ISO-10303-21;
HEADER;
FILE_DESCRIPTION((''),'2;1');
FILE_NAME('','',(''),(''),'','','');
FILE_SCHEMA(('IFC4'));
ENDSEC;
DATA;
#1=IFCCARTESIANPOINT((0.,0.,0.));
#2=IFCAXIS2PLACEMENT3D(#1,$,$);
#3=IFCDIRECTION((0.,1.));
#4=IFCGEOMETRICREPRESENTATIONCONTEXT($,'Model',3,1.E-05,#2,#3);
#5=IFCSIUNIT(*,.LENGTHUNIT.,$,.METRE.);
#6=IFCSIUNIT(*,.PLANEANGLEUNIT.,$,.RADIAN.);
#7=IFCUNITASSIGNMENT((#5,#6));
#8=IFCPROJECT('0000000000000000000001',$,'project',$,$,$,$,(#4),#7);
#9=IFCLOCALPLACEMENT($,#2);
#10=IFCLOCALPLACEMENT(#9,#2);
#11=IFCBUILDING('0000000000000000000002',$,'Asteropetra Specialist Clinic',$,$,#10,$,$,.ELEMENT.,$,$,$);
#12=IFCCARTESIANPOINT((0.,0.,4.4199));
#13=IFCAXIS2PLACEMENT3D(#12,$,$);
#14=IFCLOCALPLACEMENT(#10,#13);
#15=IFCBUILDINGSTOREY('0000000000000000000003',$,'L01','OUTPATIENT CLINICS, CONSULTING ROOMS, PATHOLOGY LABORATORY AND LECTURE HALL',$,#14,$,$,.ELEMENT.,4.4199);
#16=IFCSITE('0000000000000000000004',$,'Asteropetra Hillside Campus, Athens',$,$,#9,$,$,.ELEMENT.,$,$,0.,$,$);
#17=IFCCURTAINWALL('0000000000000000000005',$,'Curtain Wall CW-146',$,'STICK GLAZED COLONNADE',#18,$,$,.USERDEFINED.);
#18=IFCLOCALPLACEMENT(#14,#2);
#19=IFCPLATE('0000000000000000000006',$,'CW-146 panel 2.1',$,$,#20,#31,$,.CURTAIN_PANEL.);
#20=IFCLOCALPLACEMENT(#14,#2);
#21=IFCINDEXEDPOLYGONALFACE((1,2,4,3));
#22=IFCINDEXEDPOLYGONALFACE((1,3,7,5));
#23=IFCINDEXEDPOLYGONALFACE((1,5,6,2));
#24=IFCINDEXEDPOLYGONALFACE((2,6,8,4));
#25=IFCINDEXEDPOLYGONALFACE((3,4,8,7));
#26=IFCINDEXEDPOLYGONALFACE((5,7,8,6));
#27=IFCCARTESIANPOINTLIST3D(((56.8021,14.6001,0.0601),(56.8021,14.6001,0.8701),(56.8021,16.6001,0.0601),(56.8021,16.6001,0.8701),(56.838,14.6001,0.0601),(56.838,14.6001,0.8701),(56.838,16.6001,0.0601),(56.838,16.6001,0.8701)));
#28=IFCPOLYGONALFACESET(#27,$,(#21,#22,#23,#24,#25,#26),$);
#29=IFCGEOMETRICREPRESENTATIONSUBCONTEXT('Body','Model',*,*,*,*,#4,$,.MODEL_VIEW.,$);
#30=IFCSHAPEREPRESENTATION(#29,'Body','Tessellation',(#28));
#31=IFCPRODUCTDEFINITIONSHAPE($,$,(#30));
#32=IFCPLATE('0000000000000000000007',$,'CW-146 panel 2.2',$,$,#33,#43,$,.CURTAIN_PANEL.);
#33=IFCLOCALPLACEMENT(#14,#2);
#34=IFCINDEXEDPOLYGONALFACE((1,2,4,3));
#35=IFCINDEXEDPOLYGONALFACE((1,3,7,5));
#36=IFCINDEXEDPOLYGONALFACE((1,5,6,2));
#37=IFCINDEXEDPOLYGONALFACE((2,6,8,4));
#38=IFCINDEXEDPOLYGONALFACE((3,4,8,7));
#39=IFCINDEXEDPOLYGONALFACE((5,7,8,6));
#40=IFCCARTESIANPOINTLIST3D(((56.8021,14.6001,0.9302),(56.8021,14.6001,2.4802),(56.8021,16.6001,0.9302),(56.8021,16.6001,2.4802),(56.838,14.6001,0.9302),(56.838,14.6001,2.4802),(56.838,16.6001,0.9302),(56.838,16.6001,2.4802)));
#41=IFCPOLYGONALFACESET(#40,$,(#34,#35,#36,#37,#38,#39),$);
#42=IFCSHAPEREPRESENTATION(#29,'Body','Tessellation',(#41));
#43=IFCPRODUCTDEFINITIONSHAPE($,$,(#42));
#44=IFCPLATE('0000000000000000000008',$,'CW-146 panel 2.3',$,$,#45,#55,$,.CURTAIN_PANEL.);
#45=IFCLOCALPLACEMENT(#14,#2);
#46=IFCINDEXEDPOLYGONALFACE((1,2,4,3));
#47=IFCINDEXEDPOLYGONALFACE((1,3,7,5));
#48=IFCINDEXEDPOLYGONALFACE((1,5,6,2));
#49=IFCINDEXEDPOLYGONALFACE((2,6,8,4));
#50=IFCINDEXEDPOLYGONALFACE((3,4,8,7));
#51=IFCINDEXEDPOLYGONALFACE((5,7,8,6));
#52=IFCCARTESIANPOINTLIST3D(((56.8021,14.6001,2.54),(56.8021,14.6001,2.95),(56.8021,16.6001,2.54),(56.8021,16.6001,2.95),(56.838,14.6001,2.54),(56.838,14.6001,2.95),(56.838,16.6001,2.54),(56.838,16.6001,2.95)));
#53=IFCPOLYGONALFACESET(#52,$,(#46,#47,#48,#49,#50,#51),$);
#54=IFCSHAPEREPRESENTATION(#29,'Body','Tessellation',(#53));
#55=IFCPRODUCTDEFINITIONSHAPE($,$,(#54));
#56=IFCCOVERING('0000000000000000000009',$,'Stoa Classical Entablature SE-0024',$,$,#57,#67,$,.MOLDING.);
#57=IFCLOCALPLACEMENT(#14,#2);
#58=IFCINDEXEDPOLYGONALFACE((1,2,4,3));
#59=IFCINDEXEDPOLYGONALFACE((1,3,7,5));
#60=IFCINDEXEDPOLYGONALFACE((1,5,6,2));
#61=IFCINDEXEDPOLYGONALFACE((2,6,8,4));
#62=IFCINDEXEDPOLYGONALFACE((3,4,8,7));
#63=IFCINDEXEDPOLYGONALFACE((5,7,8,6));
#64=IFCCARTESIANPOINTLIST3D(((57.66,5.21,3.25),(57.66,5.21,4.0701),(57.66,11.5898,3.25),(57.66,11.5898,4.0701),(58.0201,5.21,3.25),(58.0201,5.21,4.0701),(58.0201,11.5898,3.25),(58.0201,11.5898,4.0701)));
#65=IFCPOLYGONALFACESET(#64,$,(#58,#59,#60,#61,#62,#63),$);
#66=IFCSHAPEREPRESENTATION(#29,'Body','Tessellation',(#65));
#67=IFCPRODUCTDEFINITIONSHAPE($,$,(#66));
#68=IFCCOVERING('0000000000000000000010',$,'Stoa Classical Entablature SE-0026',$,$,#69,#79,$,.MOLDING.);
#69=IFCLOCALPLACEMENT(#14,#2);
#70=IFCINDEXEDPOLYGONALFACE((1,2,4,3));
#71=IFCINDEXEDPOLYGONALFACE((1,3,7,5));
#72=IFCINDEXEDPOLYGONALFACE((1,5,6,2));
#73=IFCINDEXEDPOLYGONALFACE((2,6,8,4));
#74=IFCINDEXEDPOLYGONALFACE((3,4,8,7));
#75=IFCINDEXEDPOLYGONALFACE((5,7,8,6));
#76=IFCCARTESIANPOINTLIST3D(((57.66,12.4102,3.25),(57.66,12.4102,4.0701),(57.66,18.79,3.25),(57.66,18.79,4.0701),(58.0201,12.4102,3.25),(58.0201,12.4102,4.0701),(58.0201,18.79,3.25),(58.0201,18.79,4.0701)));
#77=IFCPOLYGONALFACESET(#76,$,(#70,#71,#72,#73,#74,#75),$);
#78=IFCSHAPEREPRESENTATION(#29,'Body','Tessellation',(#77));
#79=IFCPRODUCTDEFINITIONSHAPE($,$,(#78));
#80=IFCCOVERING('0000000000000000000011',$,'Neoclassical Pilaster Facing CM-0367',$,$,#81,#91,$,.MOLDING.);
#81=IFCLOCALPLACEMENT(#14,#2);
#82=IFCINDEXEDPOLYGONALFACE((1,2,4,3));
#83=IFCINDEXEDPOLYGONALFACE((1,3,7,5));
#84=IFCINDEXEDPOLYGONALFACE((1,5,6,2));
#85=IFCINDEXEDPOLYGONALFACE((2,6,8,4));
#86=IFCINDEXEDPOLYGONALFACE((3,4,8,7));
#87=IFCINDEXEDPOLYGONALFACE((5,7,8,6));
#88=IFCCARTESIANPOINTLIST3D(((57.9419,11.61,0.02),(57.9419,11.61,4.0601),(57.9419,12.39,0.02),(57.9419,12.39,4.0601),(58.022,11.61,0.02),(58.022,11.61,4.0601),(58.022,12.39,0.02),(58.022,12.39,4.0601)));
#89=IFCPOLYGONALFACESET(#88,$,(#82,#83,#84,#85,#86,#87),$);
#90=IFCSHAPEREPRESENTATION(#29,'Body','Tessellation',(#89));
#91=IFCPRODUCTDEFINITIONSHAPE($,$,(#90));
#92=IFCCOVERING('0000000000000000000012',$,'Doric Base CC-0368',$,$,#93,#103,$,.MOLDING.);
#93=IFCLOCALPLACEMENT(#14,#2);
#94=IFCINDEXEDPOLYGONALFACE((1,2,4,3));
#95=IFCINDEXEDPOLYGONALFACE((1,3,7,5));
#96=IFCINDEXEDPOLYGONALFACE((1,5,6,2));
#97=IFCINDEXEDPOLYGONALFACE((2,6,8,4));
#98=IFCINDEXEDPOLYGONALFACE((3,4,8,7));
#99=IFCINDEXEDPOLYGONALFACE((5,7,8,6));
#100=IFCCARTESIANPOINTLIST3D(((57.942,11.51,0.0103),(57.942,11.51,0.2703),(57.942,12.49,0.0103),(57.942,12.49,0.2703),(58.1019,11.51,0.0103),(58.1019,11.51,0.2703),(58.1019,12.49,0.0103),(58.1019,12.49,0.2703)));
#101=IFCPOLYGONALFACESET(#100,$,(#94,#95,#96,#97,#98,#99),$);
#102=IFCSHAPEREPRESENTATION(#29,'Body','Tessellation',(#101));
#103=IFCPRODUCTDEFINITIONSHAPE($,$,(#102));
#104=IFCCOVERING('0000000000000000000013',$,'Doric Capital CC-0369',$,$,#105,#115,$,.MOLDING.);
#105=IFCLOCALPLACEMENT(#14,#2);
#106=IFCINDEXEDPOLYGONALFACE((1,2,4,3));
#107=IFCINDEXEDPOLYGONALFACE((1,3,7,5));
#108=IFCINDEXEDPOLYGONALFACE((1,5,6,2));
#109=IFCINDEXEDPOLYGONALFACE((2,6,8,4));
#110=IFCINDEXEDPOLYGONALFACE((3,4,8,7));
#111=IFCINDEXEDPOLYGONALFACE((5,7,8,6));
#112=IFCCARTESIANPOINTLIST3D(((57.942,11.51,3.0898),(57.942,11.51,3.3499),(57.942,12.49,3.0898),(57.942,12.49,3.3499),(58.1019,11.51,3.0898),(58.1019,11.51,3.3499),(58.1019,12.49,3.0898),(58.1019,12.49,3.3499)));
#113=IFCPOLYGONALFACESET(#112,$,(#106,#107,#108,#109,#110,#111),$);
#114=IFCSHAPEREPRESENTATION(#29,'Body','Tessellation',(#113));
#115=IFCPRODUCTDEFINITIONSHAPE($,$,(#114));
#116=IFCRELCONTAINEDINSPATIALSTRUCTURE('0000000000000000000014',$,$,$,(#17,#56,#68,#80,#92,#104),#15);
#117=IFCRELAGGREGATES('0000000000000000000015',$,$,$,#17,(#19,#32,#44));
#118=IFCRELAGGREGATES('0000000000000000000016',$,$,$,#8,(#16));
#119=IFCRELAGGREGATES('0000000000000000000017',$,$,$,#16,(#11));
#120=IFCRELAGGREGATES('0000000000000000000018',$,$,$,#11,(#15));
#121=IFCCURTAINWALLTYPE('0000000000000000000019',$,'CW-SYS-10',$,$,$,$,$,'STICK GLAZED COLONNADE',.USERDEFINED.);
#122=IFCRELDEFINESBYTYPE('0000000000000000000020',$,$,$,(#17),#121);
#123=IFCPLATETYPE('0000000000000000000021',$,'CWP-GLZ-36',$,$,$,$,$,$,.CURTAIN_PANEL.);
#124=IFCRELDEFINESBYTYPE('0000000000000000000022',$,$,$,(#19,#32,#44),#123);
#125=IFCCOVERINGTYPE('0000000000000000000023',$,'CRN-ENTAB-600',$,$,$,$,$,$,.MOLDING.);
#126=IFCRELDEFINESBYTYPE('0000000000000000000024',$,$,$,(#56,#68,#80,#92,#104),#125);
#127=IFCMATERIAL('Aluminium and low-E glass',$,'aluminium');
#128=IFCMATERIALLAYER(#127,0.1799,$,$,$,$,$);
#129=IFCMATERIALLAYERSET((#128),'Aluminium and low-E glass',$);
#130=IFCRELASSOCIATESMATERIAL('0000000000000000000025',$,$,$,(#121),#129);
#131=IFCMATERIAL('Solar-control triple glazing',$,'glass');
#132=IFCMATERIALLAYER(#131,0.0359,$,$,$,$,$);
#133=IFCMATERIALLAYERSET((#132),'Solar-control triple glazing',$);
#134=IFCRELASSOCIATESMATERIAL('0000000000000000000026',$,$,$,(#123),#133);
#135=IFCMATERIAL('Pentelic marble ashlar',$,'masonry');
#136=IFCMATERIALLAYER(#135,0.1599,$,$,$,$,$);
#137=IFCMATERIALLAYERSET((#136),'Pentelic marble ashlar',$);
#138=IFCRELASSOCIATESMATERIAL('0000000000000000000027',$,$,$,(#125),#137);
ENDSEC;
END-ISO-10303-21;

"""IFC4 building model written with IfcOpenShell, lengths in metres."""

from ifc_helpers import new_model, si_unit, direction, frame, origin, origin_2d, place, context, subcontext, project, spatial, rectangle, extrude, material, layer, layer_set, type_object, element, aggregate, save


model = new_model("IFC4")

# Units and contexts
model_context = context("Model", 3, precision=1e-05, world=origin(), true_north=direction((0.0, 1.0)))
body_context = subcontext(model_context, "Body", "Model", "MODEL_VIEW")
ifc_project = project(units=[si_unit("LENGTHUNIT", "METRE"), si_unit("PLANEANGLEUNIT", "RADIAN")], contexts=[model_context])

# Site, building, storey
site_placement = place(None, origin())
site = spatial("IfcSite", under=ifc_project, at=site_placement, Name="Asteropetra Hillside Campus, Athens", CompositionType="ELEMENT", RefElevation=0.0)
building_placement = place(site_placement, origin())
building = spatial("IfcBuilding", under=site, at=building_placement, Name="Asteropetra Specialist Clinic", CompositionType="ELEMENT")
storey_placement = place(building_placement, frame((0.0, 0.0, 4.4199)))
storey = spatial("IfcBuildingStorey", under=building, at=storey_placement, Name="L01", Description="OUTPATIENT CLINICS, CONSULTING ROOMS, PATHOLOGY LABORATORY AND LECTURE HALL", CompositionType="ELEMENT", Elevation=4.4199)

# Curtain wall
ifc_material_1 = material(Name="Aluminium and low-E glass", Category="aluminium")
ifc_layer_1 = layer(ifc_material_1, 0.1799)
ifc_layer_set_1 = layer_set([ifc_layer_1], Name="Aluminium and low-E glass")
curtain_wall_type = type_object("IfcCurtainWallType", Name="CW-SYS-10", ElementType="STICK GLAZED COLONNADE", PredefinedType="USERDEFINED", material=ifc_layer_set_1)
curtain_wall_placement = place(storey_placement, origin())
curtain_wall = element("IfcCurtainWall", 1, at=curtain_wall_placement, inside=storey, type_object=curtain_wall_type, Name="Curtain Wall CW-146", ObjectType="STICK GLAZED COLONNADE", PredefinedType="USERDEFINED")

# Plates
ifc_material_2 = material(Name="Solar-control triple glazing", Category="glass")
ifc_layer_2 = layer(ifc_material_2, 0.0359)
ifc_layer_set_2 = layer_set([ifc_layer_2], Name="Solar-control triple glazing")
plate_type = type_object("IfcPlateType", Name="CWP-GLZ-36", PredefinedType="CURTAIN_PANEL", material=ifc_layer_set_2)
plate_1_placement = place(storey_placement, frame((56.8201, 15.6001, 0.0601), z_axis=(0.0, 0.0, 1.0), x_axis=(0.0, 1.0, 0.0)))
plate_1 = element("IfcPlate", 2, at=plate_1_placement, type_object=plate_type, Name="CW-146 panel 2.1", PredefinedType="CURTAIN_PANEL", context=body_context, shape_type="SweptSolid", body=[
    extrude(rectangle(XDim=2.0, YDim=0.0359, at=origin_2d()), origin(), (0.0, 0.0, 1.0), 0.8101),
])
plate_2_placement = place(storey_placement, frame((56.8201, 15.6001, 0.9302), z_axis=(0.0, 0.0, 1.0), x_axis=(0.0, 1.0, 0.0)))
plate_2 = element("IfcPlate", 3, at=plate_2_placement, type_object=plate_type, Name="CW-146 panel 2.2", PredefinedType="CURTAIN_PANEL", context=body_context, shape_type="SweptSolid", body=[
    extrude(rectangle(XDim=2.0, YDim=0.0359, at=origin_2d()), origin(), (0.0, 0.0, 1.0), 1.55),
])
plate_3_placement = place(storey_placement, frame((56.8201, 15.6001, 2.54), z_axis=(0.0, 0.0, 1.0), x_axis=(0.0, 1.0, 0.0)))
plate_3 = element("IfcPlate", 4, at=plate_3_placement, type_object=plate_type, Name="CW-146 panel 2.3", PredefinedType="CURTAIN_PANEL", context=body_context, shape_type="SweptSolid", body=[
    extrude(rectangle(XDim=2.0, YDim=0.0359, at=origin_2d()), origin(), (0.0, 0.0, 1.0), 0.4099),
])
aggregate(curtain_wall, [plate_1, plate_2, plate_3])

# Coverings
ifc_material_3 = material(Name="Pentelic marble ashlar", Category="masonry")
ifc_layer_3 = layer(ifc_material_3, 0.1599)
ifc_layer_set_3 = layer_set([ifc_layer_3], Name="Pentelic marble ashlar")
covering_type = type_object("IfcCoveringType", Name="CRN-ENTAB-600", PredefinedType="MOLDING", material=ifc_layer_set_3)
for number, where, z_axis, x_axis, name in (
    (5, (57.8401, 8.3999, 3.25), (0.0, 0.0, 1.0), (1.0, 0.0, 0.0), "Stoa Classical Entablature SE-0024"),
    (6, (57.8401, 15.6001, 3.25), (0.0, 0.0, 1.0), (1.0, 0.0, 0.0), "Stoa Classical Entablature SE-0026"),
):
    element("IfcCovering", number, at=place(storey_placement, frame(where, z_axis=z_axis, x_axis=x_axis)), inside=storey, type_object=covering_type, Name=name, PredefinedType="MOLDING", context=body_context, shape_type="SweptSolid", body=[
        extrude(rectangle(XDim=0.3601, YDim=6.3799, at=origin_2d()), origin(), (0.0, 0.0, 1.0), 0.8201),
    ])
covering_placement = place(storey_placement, frame((57.9819, 12.0, 0.02), z_axis=(0.0, 0.0, 1.0), x_axis=(1.0, 0.0, 0.0)))
element("IfcCovering", 7, at=covering_placement, inside=storey, type_object=covering_type, Name="Neoclassical Pilaster Facing CM-0367", PredefinedType="MOLDING", context=body_context, shape_type="SweptSolid", body=[
    extrude(rectangle(XDim=0.0801, YDim=0.78, at=origin_2d()), origin(), (0.0, 0.0, 1.0), 4.04),
])
for number, where, z_axis, x_axis, name in (
    (8, (58.022, 12.0, 0.0103), (0.0, 0.0, 1.0), (1.0, 0.0, 0.0), "Doric Base CC-0368"),
    (9, (58.022, 12.0, 3.0898), (0.0, 0.0, 1.0), (1.0, 0.0, 0.0), "Doric Capital CC-0369"),
):
    element("IfcCovering", number, at=place(storey_placement, frame(where, z_axis=z_axis, x_axis=x_axis)), inside=storey, type_object=covering_type, Name=name, PredefinedType="MOLDING", context=body_context, shape_type="SweptSolid", body=[
        extrude(rectangle(XDim=0.1599, YDim=0.98, at=origin_2d()), origin(), (0.0, 0.0, 1.0), 0.26),
    ])

save(model, "model.ifc")
